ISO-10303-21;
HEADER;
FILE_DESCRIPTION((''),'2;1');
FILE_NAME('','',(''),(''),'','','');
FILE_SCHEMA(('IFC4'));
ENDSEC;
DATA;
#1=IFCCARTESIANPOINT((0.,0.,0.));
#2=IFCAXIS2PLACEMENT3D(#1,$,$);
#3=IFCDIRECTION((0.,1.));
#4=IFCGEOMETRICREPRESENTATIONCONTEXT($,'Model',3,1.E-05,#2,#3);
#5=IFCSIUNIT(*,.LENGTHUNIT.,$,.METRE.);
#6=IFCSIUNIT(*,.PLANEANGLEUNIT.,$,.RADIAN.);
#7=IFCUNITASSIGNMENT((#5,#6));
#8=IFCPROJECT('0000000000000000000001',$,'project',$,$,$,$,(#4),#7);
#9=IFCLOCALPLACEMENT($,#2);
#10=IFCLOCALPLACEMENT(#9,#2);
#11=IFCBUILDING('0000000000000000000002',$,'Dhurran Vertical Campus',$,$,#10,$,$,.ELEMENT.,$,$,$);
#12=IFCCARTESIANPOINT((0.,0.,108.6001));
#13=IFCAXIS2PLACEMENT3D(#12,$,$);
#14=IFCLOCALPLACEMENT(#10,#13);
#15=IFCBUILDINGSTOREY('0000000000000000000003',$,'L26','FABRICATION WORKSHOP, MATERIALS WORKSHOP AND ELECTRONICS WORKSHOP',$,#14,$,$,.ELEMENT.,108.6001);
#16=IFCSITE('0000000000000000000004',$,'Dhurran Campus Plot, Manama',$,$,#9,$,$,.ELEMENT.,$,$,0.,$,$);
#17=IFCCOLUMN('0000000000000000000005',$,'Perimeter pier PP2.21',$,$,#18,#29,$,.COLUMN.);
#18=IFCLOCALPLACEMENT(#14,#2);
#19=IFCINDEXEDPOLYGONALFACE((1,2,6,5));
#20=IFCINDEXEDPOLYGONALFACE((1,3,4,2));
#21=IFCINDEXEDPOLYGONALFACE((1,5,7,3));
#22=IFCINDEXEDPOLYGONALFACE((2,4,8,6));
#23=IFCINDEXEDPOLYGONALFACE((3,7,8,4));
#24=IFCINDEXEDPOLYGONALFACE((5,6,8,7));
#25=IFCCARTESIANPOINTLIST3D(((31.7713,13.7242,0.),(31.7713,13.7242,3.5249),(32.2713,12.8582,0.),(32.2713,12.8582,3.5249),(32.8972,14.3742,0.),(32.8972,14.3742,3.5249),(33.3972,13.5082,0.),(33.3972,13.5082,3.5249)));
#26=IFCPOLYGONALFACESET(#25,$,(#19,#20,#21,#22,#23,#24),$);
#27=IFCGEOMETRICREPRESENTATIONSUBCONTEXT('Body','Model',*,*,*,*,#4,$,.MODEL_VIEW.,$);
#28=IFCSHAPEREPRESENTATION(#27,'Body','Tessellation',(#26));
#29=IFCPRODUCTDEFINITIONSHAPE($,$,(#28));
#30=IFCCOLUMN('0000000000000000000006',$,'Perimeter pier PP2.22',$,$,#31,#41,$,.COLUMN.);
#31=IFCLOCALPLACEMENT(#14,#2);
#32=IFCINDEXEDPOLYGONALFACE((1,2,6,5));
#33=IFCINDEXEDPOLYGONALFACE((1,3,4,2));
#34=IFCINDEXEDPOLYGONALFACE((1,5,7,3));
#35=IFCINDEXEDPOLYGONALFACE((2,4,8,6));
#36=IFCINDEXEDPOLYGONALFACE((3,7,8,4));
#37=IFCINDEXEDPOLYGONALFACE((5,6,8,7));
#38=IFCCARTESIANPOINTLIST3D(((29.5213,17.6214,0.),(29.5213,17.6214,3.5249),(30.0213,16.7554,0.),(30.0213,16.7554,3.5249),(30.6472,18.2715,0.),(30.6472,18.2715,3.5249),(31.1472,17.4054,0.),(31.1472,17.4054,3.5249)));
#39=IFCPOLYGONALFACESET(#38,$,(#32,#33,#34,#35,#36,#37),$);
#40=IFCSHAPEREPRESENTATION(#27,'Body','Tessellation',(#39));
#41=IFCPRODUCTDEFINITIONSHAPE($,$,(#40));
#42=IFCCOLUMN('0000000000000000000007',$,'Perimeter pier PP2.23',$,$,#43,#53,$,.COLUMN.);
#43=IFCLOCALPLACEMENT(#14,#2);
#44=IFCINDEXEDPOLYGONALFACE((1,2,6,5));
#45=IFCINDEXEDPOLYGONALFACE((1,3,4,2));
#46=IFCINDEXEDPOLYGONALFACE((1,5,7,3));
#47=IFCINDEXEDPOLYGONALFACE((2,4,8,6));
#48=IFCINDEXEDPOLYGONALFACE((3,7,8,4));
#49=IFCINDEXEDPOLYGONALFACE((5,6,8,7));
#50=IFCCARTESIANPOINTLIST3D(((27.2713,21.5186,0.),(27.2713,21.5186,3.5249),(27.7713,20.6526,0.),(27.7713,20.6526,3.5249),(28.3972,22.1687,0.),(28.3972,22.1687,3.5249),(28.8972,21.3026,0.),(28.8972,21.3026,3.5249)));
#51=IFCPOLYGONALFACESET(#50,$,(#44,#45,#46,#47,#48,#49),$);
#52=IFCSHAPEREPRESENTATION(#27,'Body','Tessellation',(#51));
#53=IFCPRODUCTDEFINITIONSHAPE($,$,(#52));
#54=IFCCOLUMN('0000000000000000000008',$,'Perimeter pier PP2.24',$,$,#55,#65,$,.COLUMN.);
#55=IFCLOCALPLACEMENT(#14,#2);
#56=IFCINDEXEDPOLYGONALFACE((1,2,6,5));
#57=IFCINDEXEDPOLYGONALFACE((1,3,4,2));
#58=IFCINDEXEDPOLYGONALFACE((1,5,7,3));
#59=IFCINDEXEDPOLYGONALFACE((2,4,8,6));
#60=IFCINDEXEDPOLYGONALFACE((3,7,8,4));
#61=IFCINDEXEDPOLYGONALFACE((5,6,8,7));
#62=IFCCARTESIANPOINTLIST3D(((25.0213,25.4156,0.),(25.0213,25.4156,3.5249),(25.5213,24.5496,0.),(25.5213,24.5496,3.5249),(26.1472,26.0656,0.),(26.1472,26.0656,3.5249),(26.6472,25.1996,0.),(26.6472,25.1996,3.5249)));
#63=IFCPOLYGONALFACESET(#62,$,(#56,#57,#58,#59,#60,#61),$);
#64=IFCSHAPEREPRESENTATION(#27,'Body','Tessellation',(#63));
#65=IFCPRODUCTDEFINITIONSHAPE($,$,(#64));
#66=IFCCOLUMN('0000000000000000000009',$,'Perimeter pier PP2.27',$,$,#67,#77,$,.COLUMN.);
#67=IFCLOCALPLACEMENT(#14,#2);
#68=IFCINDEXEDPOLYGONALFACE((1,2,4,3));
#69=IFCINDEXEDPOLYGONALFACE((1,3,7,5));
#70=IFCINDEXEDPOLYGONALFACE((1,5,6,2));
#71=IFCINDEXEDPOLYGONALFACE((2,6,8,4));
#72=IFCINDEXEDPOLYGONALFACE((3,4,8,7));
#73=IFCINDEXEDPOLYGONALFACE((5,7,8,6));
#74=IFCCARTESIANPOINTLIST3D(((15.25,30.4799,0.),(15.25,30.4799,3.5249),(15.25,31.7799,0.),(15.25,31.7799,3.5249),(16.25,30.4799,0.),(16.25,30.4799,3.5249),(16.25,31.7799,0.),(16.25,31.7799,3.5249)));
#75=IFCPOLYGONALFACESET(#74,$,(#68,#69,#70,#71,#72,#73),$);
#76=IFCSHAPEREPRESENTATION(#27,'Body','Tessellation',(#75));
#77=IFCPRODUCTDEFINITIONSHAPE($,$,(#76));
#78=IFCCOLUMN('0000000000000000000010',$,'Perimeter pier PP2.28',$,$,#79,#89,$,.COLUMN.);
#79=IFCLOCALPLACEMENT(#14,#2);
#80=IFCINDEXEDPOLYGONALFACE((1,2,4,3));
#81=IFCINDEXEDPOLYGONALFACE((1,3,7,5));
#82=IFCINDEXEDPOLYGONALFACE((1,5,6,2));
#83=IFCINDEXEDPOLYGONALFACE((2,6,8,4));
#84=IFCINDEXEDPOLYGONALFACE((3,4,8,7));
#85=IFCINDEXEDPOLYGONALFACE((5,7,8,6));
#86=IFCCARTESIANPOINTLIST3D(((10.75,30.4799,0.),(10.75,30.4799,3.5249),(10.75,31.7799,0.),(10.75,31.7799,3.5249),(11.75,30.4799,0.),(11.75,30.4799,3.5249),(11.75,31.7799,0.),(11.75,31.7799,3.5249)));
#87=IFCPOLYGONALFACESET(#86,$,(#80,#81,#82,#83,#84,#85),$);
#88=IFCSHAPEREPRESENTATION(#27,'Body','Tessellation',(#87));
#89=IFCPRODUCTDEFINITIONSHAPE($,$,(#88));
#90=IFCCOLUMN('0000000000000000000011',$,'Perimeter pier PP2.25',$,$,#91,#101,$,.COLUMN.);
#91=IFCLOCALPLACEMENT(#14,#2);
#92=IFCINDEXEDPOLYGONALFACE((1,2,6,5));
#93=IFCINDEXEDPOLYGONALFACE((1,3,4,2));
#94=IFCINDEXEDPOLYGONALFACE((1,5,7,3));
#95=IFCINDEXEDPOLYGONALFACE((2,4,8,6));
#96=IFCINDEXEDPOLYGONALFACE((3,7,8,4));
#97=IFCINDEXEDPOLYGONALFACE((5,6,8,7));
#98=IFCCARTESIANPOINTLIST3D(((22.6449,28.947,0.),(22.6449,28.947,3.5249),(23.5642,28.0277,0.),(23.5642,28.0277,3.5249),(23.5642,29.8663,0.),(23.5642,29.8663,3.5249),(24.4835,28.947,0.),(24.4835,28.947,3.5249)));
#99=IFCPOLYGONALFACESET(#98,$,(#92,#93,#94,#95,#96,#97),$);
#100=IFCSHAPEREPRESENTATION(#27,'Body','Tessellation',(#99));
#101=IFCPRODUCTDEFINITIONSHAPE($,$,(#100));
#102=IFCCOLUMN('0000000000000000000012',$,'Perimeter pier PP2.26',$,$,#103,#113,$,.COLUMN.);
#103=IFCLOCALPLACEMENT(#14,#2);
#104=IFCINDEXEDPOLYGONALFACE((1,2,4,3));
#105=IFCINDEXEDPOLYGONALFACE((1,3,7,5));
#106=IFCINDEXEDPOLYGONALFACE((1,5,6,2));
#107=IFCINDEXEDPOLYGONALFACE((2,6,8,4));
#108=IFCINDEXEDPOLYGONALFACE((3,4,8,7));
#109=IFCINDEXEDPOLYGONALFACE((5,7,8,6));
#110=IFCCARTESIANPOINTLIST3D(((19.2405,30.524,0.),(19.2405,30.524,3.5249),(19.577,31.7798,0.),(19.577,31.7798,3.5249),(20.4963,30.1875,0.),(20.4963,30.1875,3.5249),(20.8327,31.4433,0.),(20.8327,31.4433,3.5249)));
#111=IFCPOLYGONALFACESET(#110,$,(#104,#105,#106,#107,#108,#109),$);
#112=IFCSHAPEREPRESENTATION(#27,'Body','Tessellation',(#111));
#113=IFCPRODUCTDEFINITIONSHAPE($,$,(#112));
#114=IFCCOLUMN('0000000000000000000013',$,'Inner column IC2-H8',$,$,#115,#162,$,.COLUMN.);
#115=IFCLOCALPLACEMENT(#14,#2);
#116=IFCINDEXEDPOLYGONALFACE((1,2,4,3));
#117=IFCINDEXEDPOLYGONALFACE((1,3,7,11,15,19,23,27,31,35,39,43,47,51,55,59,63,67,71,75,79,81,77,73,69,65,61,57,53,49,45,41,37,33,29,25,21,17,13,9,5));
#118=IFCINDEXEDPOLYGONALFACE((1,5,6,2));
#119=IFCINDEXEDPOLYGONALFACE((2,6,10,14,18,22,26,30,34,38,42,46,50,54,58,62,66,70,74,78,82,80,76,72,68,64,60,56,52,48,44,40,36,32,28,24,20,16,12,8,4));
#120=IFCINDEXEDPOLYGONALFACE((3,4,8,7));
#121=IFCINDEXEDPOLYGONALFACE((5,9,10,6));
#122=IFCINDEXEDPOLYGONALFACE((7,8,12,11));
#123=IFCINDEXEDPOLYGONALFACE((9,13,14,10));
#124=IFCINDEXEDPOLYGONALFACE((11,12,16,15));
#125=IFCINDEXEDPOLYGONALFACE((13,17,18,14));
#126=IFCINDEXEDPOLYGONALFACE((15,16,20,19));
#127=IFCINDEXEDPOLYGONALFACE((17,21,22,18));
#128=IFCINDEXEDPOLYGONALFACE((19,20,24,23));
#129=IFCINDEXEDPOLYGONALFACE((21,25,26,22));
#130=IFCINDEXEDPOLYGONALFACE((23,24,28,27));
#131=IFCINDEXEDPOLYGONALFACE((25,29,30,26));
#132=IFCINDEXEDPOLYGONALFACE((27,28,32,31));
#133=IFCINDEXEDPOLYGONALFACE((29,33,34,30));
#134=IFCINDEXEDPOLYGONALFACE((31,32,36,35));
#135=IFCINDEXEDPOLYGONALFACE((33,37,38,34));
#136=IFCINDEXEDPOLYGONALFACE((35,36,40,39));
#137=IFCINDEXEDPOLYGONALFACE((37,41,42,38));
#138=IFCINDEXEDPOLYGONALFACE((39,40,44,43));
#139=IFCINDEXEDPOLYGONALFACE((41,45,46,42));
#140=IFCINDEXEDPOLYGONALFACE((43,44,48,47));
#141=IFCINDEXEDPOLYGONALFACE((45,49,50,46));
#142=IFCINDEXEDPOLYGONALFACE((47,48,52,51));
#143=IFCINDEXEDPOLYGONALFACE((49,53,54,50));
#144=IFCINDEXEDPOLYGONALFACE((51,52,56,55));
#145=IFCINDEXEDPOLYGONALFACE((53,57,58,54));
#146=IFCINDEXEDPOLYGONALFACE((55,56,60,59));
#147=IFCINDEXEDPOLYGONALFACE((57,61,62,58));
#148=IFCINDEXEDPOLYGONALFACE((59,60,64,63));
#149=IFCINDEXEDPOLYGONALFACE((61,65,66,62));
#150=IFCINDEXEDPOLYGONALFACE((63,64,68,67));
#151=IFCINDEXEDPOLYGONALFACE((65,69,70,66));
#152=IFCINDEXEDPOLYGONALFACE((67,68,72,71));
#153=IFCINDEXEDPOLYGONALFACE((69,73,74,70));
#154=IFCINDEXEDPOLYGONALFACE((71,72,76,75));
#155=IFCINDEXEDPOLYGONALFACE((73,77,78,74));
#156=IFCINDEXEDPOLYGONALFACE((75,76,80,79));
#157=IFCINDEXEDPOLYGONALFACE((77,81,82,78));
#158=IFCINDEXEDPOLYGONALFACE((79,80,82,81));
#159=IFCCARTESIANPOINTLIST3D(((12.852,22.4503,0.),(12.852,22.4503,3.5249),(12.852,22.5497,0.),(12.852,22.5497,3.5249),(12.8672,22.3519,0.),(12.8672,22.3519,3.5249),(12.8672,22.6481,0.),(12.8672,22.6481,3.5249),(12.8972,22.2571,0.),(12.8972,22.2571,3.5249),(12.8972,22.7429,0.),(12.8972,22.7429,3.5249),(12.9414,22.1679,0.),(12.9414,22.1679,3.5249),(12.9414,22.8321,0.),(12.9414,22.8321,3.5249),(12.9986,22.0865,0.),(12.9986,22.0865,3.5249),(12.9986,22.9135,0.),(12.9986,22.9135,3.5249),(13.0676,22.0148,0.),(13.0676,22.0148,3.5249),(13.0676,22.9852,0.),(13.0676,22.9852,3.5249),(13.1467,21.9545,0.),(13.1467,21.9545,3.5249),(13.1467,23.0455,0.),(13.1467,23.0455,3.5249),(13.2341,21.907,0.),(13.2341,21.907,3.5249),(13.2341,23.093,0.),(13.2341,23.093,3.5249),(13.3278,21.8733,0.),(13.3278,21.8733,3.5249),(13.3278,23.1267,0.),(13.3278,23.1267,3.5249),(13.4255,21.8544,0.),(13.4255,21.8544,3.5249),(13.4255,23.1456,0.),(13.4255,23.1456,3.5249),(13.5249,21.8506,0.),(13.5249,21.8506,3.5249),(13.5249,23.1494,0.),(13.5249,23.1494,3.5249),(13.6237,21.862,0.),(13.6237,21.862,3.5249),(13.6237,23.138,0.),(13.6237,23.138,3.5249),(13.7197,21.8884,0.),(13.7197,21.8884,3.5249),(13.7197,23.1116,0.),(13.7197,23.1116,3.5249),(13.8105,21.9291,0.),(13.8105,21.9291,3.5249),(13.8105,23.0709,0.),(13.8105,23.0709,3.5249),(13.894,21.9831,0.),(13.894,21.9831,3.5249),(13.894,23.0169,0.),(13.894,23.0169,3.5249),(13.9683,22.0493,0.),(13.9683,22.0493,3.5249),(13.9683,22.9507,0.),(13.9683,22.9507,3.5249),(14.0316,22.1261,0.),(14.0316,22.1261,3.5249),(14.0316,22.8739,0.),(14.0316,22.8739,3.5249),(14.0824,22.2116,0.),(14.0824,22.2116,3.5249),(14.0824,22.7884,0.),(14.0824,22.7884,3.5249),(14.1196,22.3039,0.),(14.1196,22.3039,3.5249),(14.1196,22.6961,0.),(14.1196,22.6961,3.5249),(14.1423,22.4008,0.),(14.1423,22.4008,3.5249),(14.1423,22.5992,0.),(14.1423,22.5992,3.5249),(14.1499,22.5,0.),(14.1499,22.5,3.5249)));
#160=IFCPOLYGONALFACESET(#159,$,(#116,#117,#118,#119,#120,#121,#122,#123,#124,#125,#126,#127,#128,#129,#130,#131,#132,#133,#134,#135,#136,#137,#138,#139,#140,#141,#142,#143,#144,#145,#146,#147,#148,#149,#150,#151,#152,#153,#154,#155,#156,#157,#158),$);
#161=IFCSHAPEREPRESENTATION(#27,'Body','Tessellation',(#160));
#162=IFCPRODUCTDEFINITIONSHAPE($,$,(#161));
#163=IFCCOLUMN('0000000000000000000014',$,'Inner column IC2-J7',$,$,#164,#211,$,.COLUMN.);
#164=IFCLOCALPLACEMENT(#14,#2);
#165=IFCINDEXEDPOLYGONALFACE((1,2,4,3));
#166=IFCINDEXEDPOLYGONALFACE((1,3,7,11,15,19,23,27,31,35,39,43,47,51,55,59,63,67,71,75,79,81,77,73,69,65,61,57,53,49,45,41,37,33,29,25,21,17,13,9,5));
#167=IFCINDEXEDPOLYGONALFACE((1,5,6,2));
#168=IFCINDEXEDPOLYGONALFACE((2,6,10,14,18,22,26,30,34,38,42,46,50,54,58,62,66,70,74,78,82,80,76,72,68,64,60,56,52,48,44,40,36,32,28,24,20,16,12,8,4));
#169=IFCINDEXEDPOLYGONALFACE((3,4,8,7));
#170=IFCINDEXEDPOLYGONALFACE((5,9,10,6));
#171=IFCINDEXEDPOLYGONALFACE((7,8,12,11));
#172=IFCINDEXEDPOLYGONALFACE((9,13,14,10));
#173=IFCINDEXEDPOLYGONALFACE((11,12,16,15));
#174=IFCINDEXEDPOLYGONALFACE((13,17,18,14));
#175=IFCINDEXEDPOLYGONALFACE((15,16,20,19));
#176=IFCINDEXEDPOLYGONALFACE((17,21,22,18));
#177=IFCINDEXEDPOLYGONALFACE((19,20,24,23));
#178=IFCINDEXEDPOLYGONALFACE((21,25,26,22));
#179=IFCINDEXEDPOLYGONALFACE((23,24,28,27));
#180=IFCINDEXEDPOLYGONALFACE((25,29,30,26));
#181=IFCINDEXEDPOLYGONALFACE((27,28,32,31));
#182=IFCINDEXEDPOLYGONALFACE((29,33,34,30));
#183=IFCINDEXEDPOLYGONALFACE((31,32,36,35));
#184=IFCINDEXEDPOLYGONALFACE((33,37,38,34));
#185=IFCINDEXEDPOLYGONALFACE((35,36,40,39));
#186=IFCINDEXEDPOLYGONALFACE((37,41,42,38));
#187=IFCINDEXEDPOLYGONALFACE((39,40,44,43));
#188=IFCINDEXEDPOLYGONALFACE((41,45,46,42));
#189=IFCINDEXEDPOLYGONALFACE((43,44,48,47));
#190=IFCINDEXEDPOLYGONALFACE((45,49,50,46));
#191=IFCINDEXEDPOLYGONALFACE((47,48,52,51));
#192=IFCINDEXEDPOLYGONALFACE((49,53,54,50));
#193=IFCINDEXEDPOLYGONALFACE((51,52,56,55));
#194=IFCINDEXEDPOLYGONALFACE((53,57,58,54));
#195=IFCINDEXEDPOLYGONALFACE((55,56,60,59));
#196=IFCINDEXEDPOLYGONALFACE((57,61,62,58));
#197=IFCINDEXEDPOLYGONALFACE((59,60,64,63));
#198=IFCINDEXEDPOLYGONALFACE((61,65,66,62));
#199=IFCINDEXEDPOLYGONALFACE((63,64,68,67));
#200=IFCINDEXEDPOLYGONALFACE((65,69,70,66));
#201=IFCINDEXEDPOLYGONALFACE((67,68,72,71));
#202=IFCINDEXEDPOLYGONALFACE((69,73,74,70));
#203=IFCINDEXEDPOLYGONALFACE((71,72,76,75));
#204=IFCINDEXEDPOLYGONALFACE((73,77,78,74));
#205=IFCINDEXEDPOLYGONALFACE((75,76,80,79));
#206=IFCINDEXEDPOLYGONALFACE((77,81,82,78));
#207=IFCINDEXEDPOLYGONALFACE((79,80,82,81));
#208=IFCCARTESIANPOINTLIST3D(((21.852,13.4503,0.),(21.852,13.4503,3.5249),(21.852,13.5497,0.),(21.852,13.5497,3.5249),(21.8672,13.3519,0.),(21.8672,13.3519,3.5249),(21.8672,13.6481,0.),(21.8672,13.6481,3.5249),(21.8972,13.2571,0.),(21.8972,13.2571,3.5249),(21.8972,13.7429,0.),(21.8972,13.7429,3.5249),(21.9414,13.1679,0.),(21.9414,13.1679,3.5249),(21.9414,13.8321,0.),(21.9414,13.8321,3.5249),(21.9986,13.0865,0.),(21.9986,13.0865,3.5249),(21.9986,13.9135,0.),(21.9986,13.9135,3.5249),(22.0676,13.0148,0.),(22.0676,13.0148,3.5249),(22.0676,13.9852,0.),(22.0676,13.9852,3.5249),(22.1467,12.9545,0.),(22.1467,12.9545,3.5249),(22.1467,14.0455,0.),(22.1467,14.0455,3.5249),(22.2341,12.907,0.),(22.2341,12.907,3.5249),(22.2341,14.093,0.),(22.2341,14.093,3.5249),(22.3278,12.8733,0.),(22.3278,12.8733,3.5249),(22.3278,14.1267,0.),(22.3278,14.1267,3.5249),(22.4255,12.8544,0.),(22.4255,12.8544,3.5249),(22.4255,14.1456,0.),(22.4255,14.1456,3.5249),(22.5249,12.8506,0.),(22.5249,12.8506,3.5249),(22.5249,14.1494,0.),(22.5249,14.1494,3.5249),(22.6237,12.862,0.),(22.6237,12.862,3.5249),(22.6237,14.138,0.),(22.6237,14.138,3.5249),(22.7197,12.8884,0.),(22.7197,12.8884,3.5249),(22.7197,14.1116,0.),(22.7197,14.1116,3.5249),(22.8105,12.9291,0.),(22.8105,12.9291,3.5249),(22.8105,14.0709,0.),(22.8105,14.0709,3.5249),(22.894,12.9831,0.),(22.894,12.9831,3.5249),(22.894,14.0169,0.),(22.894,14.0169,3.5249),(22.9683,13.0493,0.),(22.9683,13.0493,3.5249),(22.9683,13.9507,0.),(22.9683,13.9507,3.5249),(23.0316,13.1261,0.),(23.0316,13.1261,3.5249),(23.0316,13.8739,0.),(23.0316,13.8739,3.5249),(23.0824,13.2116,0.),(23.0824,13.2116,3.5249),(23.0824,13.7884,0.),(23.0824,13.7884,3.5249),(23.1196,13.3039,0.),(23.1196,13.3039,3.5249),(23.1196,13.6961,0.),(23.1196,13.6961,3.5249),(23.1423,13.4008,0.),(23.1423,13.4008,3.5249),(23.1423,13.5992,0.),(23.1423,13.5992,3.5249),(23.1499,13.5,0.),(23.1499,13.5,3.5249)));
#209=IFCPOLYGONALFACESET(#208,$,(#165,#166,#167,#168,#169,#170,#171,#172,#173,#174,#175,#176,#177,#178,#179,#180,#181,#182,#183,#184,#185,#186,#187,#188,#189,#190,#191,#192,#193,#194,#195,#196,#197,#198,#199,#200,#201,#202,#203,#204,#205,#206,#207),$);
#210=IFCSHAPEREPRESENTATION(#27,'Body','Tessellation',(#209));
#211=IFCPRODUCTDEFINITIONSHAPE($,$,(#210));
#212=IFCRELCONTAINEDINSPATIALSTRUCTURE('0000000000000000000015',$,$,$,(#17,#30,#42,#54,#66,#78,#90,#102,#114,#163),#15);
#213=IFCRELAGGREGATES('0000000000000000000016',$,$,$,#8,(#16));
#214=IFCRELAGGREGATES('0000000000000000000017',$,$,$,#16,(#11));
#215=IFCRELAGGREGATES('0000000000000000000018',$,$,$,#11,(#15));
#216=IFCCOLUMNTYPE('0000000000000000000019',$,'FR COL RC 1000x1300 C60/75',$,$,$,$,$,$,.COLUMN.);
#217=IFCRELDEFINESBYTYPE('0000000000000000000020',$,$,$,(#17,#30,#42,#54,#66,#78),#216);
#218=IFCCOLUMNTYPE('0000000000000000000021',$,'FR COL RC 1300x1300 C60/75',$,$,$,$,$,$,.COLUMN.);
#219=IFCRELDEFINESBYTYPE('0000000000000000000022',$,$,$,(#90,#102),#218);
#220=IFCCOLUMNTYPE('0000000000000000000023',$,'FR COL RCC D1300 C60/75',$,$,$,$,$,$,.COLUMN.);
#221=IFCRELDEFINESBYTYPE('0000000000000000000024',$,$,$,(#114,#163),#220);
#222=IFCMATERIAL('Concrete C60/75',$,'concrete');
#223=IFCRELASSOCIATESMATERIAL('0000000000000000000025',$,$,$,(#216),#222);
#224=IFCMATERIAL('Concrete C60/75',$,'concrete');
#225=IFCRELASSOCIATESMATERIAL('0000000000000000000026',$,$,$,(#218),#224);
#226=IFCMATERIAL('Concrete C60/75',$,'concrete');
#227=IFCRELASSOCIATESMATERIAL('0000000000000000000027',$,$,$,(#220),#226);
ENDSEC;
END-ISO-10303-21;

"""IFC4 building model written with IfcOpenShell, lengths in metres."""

from ifc_helpers import new_model, si_unit, direction, frame, origin, origin_2d, place, context, subcontext, project, spatial, rectangle, circle, extrude, material, material_profile, profile_set, type_object, element, save


model = new_model("IFC4")

# Units and contexts
model_context = context("Model", 3, precision=1e-05, world=origin(), true_north=direction((0.0, 1.0)))
body_context = subcontext(model_context, "Body", "Model", "MODEL_VIEW")
ifc_project = project(units=[si_unit("LENGTHUNIT", "METRE"), si_unit("PLANEANGLEUNIT", "RADIAN")], contexts=[model_context])

# Site, building, storey
site_placement = place(None, origin())
site = spatial("IfcSite", under=ifc_project, at=site_placement, Name="Dhurran Campus Plot, Manama", CompositionType="ELEMENT", RefElevation=0.0)
building_placement = place(site_placement, origin())
building = spatial("IfcBuilding", under=site, at=building_placement, Name="Dhurran Vertical Campus", CompositionType="ELEMENT")
storey_placement = place(building_placement, frame((0.0, 0.0, 108.6001)))
storey = spatial("IfcBuildingStorey", under=building, at=storey_placement, Name="L26", Description="FABRICATION WORKSHOP, MATERIALS WORKSHOP AND ELECTRONICS WORKSHOP", CompositionType="ELEMENT", Elevation=108.6001)

# Columns
ifc_material_1 = material(Name="Concrete C60/75", Category="concrete")
ifc_material_profile_1 = material_profile(ifc_material_1, rectangle(XDim=1.0, YDim=1.3, at=origin_2d()), Name="RC 1000x1300")
ifc_profile_set_1 = profile_set([ifc_material_profile_1], Name="Concrete C60/75")
column_type_1 = type_object("IfcColumnType", Name="FR COL RC 1000x1300 C60/75", PredefinedType="COLUMN", material=ifc_profile_set_1)
for number, where, z_axis, x_axis, name in (
    (1, (32.5842, 13.6162, 0.0), (0.0, 0.0, 1.0), (-0.5, 0.866025, 0.0), "Perimeter pier PP2.21"),
    (2, (30.3342, 17.5134, 0.0), (0.0, 0.0, 1.0), (-0.5, 0.866025, 0.0), "Perimeter pier PP2.22"),
    (3, (28.0842, 21.4106, 0.0), (0.0, 0.0, 1.0), (-0.5, 0.866025, 0.0), "Perimeter pier PP2.23"),
    (4, (25.8342, 25.3076, 0.0), (0.0, 0.0, 1.0), (-0.5, 0.866025, 0.0), "Perimeter pier PP2.24"),
    (5, (15.75, 31.1299, 0.0), (0.0, 0.0, 1.0), (-1.0, 0.0, 0.0), "Perimeter pier PP2.27"),
    (6, (11.25, 31.1299, 0.0), (0.0, 0.0, 1.0), (-1.0, 0.0, 0.0), "Perimeter pier PP2.28"),
):
    element("IfcColumn", number, at=place(storey_placement, frame(where, z_axis=z_axis, x_axis=x_axis)), inside=storey, type_object=column_type_1, Name=name, PredefinedType="COLUMN", context=body_context, shape_type="SweptSolid", body=[
        extrude(rectangle(XDim=1.0, YDim=1.3, at=origin_2d()), origin(), (0.0, 0.0, 1.0), 3.5249),
    ])
ifc_material_2 = material(Name="Concrete C60/75", Category="concrete")
ifc_material_profile_2 = material_profile(ifc_material_2, rectangle(XDim=1.3, YDim=1.3, at=origin_2d()), Name="RC 1300x1300")
ifc_profile_set_2 = profile_set([ifc_material_profile_2], Name="Concrete C60/75")
column_type_2 = type_object("IfcColumnType", Name="FR COL RC 1300x1300 C60/75", PredefinedType="COLUMN", material=ifc_profile_set_2)
for number, where, z_axis, x_axis, name in (
    (7, (23.5642, 28.947, 0.0), (0.0, 0.0, 1.0), (-0.707107, 0.707107, 0.0), "Perimeter pier PP2.25"),
    (8, (20.0366, 30.9836, 0.0), (0.0, 0.0, 1.0), (-0.965926, 0.258819, 0.0), "Perimeter pier PP2.26"),
):
    element("IfcColumn", number, at=place(storey_placement, frame(where, z_axis=z_axis, x_axis=x_axis)), inside=storey, type_object=column_type_2, Name=name, PredefinedType="COLUMN", context=body_context, shape_type="SweptSolid", body=[
        extrude(rectangle(XDim=1.3, YDim=1.3, at=origin_2d()), origin(), (0.0, 0.0, 1.0), 3.5249),
    ])
ifc_material_3 = material(Name="Concrete C60/75", Category="concrete")
ifc_material_profile_3 = material_profile(ifc_material_3, circle(Radius=0.6499, at=origin_2d()), Name="RCC D1300")
ifc_profile_set_3 = profile_set([ifc_material_profile_3], Name="Concrete C60/75")
column_type_3 = type_object("IfcColumnType", Name="FR COL RCC D1300 C60/75", PredefinedType="COLUMN", material=ifc_profile_set_3)
for number, where, z_axis, x_axis, name in (
    (9, (13.5, 22.5, 0.0), (0.0, 0.0, 1.0), (1.0, 0.0, 0.0), "Inner column IC2-H8"),
    (10, (22.5, 13.5, 0.0), (0.0, 0.0, 1.0), (1.0, 0.0, 0.0), "Inner column IC2-J7"),
):
    element("IfcColumn", number, at=place(storey_placement, frame(where, z_axis=z_axis, x_axis=x_axis)), inside=storey, type_object=column_type_3, Name=name, PredefinedType="COLUMN", context=body_context, shape_type="SweptSolid", body=[
        extrude(circle(Radius=0.6499, at=origin_2d()), origin(), (0.0, 0.0, 1.0), 3.5249),
    ])

save(model, "model.ifc")
